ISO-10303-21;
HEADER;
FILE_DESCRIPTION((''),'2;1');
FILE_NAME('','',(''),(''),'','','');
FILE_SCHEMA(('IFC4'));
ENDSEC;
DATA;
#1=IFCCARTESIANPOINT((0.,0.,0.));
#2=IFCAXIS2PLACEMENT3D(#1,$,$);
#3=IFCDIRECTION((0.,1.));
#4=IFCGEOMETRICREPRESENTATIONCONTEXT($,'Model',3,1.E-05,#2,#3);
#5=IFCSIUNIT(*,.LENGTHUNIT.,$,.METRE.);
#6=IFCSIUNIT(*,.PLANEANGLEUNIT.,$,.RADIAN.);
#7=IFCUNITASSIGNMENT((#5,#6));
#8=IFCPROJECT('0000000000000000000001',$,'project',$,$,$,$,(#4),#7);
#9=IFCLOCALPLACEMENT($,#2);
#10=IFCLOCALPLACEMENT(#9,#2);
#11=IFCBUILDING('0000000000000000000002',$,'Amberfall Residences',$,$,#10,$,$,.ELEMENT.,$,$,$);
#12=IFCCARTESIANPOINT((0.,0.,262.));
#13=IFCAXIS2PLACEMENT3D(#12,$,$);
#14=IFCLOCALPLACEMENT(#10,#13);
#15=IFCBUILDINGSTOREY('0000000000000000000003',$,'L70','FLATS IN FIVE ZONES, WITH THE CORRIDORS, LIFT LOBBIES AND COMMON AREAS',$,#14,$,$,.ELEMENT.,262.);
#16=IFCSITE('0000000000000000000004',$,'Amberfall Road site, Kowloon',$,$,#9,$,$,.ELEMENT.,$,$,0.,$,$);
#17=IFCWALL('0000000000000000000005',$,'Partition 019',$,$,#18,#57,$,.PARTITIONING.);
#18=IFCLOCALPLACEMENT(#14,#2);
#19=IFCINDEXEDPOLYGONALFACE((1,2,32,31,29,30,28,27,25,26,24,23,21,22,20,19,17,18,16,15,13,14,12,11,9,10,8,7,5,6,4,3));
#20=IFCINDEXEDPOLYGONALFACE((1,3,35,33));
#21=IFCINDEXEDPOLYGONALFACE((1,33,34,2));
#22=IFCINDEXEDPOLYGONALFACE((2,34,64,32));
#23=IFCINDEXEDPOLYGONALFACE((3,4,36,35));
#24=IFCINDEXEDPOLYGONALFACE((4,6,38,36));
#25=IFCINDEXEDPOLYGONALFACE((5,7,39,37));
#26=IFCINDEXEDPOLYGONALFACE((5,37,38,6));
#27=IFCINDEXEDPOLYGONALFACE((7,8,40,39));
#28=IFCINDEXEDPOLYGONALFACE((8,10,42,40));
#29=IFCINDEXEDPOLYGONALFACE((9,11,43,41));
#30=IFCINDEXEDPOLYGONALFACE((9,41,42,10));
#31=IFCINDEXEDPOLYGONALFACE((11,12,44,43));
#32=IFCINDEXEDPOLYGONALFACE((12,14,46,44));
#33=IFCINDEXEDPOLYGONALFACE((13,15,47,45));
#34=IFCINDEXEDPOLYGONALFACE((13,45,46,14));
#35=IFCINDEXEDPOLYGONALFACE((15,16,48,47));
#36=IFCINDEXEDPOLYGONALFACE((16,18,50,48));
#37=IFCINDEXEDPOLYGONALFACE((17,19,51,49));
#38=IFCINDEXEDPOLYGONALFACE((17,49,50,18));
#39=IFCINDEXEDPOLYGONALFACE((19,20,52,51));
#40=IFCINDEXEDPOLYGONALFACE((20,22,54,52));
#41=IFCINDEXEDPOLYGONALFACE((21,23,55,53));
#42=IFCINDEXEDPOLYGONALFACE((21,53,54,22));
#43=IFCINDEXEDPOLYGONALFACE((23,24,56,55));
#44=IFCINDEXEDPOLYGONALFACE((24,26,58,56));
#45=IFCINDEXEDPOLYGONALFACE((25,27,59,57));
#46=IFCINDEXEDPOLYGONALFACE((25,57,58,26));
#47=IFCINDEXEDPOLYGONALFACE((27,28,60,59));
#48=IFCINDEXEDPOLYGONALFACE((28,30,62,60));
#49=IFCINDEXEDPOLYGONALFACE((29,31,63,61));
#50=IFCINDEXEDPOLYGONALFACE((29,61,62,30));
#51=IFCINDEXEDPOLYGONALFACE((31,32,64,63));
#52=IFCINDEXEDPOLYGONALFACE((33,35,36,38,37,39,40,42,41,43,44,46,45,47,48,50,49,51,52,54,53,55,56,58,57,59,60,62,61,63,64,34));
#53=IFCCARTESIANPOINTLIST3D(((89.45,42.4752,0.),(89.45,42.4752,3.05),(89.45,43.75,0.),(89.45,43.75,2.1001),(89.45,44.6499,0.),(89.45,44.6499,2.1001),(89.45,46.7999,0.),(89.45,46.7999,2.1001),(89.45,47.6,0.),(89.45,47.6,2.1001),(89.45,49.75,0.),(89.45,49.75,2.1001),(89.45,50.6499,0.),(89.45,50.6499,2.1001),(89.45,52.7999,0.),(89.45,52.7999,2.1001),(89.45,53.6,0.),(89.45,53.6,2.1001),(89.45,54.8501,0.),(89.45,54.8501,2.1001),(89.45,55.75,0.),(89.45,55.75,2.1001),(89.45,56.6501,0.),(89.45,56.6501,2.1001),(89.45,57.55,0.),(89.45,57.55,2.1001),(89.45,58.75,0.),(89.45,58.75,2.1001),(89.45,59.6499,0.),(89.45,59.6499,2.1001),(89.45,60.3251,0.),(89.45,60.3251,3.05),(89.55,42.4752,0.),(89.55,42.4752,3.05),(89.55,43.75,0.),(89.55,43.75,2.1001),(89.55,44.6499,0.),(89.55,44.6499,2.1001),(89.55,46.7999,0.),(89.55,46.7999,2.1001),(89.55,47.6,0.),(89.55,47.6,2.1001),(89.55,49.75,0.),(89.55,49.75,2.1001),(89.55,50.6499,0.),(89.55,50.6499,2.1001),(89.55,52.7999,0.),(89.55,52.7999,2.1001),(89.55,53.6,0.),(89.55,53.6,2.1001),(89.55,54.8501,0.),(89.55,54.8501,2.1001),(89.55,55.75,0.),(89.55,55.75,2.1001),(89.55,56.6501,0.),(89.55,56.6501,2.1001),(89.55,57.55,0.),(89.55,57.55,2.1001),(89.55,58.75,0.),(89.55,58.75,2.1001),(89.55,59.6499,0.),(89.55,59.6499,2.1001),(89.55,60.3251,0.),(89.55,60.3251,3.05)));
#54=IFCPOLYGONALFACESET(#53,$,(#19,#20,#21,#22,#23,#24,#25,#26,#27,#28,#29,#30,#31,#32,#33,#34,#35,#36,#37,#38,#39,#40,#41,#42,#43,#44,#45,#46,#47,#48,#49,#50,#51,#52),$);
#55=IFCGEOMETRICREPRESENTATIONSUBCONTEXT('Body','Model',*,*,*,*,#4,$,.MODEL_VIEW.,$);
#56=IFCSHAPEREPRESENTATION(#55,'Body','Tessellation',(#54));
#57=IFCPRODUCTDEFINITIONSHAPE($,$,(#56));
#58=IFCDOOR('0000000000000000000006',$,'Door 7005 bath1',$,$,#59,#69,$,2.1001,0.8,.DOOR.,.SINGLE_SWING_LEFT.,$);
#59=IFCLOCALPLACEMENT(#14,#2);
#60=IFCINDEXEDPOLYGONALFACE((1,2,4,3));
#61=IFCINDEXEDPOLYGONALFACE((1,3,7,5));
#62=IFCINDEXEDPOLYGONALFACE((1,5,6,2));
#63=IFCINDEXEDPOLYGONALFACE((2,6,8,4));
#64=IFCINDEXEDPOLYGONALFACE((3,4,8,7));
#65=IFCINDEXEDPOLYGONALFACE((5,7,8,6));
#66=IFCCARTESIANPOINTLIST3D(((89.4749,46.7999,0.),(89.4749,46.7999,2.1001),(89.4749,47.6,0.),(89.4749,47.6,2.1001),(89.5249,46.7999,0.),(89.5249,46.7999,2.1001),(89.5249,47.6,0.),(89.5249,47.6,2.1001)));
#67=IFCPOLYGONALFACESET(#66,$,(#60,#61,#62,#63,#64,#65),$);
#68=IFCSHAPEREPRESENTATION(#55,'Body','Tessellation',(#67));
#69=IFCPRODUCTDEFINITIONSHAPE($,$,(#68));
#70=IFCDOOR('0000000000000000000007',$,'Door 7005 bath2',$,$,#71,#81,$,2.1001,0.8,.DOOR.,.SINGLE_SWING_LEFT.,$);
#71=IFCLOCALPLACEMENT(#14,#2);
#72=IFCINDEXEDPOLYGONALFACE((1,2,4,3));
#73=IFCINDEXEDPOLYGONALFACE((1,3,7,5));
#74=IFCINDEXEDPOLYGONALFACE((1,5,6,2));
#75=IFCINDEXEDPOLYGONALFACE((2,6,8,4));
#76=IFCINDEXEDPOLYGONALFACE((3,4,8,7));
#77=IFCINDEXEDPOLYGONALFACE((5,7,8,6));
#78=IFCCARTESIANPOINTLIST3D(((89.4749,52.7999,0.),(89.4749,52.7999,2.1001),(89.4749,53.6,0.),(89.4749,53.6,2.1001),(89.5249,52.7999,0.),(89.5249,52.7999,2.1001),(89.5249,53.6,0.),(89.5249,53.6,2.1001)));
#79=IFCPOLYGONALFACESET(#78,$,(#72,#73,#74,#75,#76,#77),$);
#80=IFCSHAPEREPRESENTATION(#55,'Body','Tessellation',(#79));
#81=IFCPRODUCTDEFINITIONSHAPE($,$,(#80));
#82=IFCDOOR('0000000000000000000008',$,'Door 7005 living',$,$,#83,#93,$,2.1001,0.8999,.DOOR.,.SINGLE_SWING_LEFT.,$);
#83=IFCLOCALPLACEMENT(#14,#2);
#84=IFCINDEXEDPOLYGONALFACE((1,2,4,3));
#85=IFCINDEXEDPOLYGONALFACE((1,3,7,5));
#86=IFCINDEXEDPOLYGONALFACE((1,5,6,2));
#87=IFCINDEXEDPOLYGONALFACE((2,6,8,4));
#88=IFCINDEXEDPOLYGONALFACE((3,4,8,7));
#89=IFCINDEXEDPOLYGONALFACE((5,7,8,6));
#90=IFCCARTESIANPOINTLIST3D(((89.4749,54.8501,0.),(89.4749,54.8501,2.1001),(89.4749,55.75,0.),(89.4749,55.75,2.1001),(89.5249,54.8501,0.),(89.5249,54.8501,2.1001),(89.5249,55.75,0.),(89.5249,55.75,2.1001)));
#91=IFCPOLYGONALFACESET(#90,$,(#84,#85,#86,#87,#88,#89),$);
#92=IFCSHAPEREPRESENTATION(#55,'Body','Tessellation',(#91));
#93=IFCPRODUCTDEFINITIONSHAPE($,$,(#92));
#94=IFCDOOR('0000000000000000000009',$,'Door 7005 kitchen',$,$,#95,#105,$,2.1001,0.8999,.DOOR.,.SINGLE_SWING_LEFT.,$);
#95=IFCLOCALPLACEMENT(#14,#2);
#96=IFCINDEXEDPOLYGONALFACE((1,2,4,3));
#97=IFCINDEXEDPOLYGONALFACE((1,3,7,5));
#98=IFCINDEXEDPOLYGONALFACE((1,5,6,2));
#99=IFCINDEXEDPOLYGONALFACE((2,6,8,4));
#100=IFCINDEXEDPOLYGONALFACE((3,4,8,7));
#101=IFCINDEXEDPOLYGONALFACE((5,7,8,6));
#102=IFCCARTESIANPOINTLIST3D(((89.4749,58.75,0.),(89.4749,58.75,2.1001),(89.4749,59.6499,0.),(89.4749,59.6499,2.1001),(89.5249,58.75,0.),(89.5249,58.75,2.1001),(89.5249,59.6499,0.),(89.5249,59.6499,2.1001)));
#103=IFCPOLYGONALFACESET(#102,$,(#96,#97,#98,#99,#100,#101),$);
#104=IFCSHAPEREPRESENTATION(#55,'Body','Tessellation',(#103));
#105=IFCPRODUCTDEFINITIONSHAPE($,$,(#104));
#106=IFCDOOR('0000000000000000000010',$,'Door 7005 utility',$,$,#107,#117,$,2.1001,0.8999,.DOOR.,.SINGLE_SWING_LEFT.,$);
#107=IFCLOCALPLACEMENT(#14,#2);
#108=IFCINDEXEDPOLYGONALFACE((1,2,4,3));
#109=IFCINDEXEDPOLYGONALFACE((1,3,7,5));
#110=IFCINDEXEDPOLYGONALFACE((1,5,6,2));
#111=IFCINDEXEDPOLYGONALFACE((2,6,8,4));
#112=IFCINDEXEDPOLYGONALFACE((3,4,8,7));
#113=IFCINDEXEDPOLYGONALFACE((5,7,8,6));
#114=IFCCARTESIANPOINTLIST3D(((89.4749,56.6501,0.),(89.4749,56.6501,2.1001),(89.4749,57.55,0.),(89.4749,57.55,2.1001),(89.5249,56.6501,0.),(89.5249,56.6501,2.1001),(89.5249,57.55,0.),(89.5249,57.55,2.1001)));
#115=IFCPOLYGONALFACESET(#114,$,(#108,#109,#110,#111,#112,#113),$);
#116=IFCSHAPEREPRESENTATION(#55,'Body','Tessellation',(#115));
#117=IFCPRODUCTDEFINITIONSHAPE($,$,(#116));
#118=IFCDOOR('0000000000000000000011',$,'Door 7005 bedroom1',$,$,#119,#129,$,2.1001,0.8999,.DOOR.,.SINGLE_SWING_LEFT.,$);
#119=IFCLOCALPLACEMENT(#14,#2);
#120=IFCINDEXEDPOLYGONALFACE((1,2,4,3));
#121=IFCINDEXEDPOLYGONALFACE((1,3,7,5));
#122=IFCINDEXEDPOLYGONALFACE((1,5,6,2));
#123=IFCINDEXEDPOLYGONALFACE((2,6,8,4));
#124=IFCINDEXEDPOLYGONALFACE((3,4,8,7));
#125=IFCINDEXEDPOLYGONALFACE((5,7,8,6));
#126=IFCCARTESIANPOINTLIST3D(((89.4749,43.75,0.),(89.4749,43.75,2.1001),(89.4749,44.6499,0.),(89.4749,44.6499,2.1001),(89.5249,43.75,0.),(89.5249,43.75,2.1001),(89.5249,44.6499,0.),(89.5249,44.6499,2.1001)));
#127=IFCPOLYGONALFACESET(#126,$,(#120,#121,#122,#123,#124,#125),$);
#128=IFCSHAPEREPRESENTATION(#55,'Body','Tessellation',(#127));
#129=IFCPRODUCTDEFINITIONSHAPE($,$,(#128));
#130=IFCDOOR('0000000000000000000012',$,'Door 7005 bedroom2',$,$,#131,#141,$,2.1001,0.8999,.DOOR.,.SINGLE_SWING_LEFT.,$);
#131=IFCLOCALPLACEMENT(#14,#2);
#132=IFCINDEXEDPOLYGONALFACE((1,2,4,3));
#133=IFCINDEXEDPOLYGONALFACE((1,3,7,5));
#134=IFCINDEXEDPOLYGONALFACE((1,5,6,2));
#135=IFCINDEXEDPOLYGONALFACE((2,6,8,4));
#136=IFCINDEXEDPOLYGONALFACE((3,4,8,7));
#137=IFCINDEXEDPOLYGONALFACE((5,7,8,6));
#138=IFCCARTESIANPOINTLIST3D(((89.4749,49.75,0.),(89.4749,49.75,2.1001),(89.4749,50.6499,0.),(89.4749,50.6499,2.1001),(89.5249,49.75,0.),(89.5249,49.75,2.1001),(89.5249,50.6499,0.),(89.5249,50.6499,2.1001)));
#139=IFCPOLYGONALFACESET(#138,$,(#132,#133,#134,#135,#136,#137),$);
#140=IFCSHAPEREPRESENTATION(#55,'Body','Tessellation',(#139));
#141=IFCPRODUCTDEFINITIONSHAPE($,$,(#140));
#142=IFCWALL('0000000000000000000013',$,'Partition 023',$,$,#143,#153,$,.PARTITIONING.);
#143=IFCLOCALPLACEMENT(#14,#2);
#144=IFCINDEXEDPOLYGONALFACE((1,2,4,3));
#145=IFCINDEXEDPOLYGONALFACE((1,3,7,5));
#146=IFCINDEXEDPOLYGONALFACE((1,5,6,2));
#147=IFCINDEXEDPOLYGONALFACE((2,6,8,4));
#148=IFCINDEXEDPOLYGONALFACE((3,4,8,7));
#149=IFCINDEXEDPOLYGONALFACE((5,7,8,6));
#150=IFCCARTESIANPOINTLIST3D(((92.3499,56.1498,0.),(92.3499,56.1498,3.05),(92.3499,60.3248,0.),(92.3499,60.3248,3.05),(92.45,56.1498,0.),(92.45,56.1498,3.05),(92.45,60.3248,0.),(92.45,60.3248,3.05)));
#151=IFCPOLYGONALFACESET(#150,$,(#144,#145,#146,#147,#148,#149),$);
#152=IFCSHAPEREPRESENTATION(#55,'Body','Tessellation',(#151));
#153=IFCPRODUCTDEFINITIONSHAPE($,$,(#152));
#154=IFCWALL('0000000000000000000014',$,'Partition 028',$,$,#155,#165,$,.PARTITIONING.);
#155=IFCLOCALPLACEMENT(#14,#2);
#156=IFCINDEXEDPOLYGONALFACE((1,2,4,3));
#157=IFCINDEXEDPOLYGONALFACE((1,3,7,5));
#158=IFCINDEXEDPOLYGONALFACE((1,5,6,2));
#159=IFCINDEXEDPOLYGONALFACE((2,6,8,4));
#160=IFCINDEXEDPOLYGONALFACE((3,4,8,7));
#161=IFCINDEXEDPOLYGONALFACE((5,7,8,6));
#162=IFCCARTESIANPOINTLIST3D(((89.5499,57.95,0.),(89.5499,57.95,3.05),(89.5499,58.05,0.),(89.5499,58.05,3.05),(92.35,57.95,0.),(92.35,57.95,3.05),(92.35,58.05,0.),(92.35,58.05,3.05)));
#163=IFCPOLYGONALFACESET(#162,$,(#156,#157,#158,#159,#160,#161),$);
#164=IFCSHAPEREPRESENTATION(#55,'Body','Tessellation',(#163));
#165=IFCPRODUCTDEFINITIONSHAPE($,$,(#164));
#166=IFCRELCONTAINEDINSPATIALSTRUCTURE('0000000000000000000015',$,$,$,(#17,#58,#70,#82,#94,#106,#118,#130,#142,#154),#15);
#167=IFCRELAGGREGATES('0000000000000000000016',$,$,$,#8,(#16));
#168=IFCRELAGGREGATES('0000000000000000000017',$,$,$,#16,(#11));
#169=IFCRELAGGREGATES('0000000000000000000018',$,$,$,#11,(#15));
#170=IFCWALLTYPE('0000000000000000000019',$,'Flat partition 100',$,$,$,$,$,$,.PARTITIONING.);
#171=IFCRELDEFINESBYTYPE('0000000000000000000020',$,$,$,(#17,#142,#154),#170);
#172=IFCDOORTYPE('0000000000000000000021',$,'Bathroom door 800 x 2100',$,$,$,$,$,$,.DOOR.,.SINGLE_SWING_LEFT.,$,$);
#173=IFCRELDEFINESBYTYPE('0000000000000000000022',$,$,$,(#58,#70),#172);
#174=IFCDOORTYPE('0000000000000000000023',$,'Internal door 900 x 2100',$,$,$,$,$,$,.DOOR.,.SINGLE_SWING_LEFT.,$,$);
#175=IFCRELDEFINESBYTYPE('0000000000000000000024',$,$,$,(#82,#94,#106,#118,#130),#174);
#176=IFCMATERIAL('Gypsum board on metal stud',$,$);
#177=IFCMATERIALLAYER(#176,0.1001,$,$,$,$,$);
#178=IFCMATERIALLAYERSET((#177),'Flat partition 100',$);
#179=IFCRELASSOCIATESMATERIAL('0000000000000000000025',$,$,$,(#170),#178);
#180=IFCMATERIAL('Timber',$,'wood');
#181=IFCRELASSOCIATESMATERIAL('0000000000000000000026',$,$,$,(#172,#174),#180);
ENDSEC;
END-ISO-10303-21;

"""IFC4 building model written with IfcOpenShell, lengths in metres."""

from ifc_helpers import new_model, si_unit, direction, frame, frame_2d, origin, place, context, subcontext, project, spatial, rectangle, extrude, material, layer, layer_set, type_object, element, fill, save


model = new_model("IFC4")

# Units and contexts
model_context = context("Model", 3, precision=1e-05, world=origin(), true_north=direction((0.0, 1.0)))
body_context = subcontext(model_context, "Body", "Model", "MODEL_VIEW")
ifc_project = project(units=[si_unit("LENGTHUNIT", "METRE"), si_unit("PLANEANGLEUNIT", "RADIAN")], contexts=[model_context])

# Site, building, storey
site_placement = place(None, origin())
site = spatial("IfcSite", under=ifc_project, at=site_placement, Name="Amberfall Road site, Kowloon", CompositionType="ELEMENT", RefElevation=0.0)
building_placement = place(site_placement, origin())
building = spatial("IfcBuilding", under=site, at=building_placement, Name="Amberfall Residences", CompositionType="ELEMENT")
storey_placement = place(building_placement, frame((0.0, 0.0, 262.0)))
storey = spatial("IfcBuildingStorey", under=building, at=storey_placement, Name="L70", Description="FLATS IN FIVE ZONES, WITH THE CORRIDORS, LIFT LOBBIES AND COMMON AREAS", CompositionType="ELEMENT", Elevation=262.0)

# Wall, openings, doors
ifc_material_1 = material(Name="Gypsum board on metal stud")
ifc_layer_1 = layer(ifc_material_1, 0.1001)
ifc_layer_set_1 = layer_set([ifc_layer_1], Name="Flat partition 100")
wall_type_1 = type_object("IfcWallType", Name="Flat partition 100", PredefinedType="PARTITIONING", material=ifc_layer_set_1)
wall_1_placement = place(storey_placement, frame((89.5, 60.325, 0.0), z_axis=(0.0, 0.0, 1.0), x_axis=(0.0, -1.0, 0.0)))
wall_1 = element("IfcWall", 1, at=wall_1_placement, inside=storey, type_object=wall_type_1, Name="Partition 019", PredefinedType="PARTITIONING", context=body_context, shape_type="SweptSolid", body=[
    extrude(rectangle(XDim=17.8499, YDim=0.1001, at=frame_2d((8.9248, 0.0))), origin(), (0.0, 0.0, 1.0), 3.05),
])
opening_1_placement = place(wall_1_placement, frame((4.575, 0.0, 0.0)))
opening_1 = element("IfcOpeningElement", 2, at=opening_1_placement, cuts=wall_1, PredefinedType="OPENING", context=body_context, shape_type="SweptSolid", body=[
    extrude(rectangle(XDim=0.8999, YDim=2.1001, at=frame_2d((0.45, 1.05))), frame((0.0, 0.0601, 0.0), z_axis=(0.0, -1.0, 0.0), x_axis=(1.0, 0.0, 0.0)), (0.0, 0.0, 1.0), 0.1201),
])
opening_2_placement = place(wall_1_placement, frame((0.675, 0.0, 0.0)))
opening_2 = element("IfcOpeningElement", 3, at=opening_2_placement, cuts=wall_1, PredefinedType="OPENING", context=body_context, shape_type="SweptSolid", body=[
    extrude(rectangle(XDim=0.8999, YDim=2.1001, at=frame_2d((0.45, 1.05))), frame((0.0, 0.0601, 0.0), z_axis=(0.0, -1.0, 0.0), x_axis=(1.0, 0.0, 0.0)), (0.0, 0.0, 1.0), 0.1201),
])
opening_3_placement = place(wall_1_placement, frame((2.7749, 0.0, 0.0)))
opening_3 = element("IfcOpeningElement", 4, at=opening_3_placement, cuts=wall_1, PredefinedType="OPENING", context=body_context, shape_type="SweptSolid", body=[
    extrude(rectangle(XDim=0.8999, YDim=2.1001, at=frame_2d((0.45, 1.05))), frame((0.0, 0.0601, 0.0), z_axis=(0.0, -1.0, 0.0), x_axis=(1.0, 0.0, 0.0)), (0.0, 0.0, 1.0), 0.1201),
])
opening_4_placement = place(wall_1_placement, frame((15.675, 0.0, 0.0)))
opening_4 = element("IfcOpeningElement", 5, at=opening_4_placement, cuts=wall_1, PredefinedType="OPENING", context=body_context, shape_type="SweptSolid", body=[
    extrude(rectangle(XDim=0.8999, YDim=2.1001, at=frame_2d((0.45, 1.05))), frame((0.0, 0.0601, 0.0), z_axis=(0.0, -1.0, 0.0), x_axis=(1.0, 0.0, 0.0)), (0.0, 0.0, 1.0), 0.1201),
])
opening_5_placement = place(wall_1_placement, frame((9.675, 0.0, 0.0)))
opening_5 = element("IfcOpeningElement", 6, at=opening_5_placement, cuts=wall_1, PredefinedType="OPENING", context=body_context, shape_type="SweptSolid", body=[
    extrude(rectangle(XDim=0.8999, YDim=2.1001, at=frame_2d((0.45, 1.05))), frame((0.0, 0.0601, 0.0), z_axis=(0.0, -1.0, 0.0), x_axis=(1.0, 0.0, 0.0)), (0.0, 0.0, 1.0), 0.1201),
])
opening_6_placement = place(wall_1_placement, frame((12.7251, 0.0, 0.0)))
opening_6 = element("IfcOpeningElement", 7, at=opening_6_placement, cuts=wall_1, PredefinedType="OPENING", context=body_context, shape_type="SweptSolid", body=[
    extrude(rectangle(XDim=0.8, YDim=2.1001, at=frame_2d((0.3999, 1.05))), frame((0.0, 0.0601, 0.0), z_axis=(0.0, -1.0, 0.0), x_axis=(1.0, 0.0, 0.0)), (0.0, 0.0, 1.0), 0.1201),
])
opening_7_placement = place(wall_1_placement, frame((6.7251, 0.0, 0.0)))
opening_7 = element("IfcOpeningElement", 8, at=opening_7_placement, cuts=wall_1, PredefinedType="OPENING", context=body_context, shape_type="SweptSolid", body=[
    extrude(rectangle(XDim=0.8, YDim=2.1001, at=frame_2d((0.3999, 1.05))), frame((0.0, 0.0601, 0.0), z_axis=(0.0, -1.0, 0.0), x_axis=(1.0, 0.0, 0.0)), (0.0, 0.0, 1.0), 0.1201),
])
ifc_material_2 = material(Name="Timber", Category="wood")
door_type_1 = type_object("IfcDoorType", Name="Bathroom door 800 x 2100", OperationType="SINGLE_SWING_LEFT", PredefinedType="DOOR", material=ifc_material_2)
door_1_placement = place(opening_6_placement, origin())
door_1 = element("IfcDoor", 9, at=door_1_placement, inside=storey, type_object=door_type_1, Name="Door 7005 bath1", OperationType="SINGLE_SWING_LEFT", OverallHeight=2.1001, OverallWidth=0.8, PredefinedType="DOOR", context=body_context, shape_type="SweptSolid", body=[
    extrude(rectangle(XDim=0.8, YDim=2.1001, at=frame_2d((0.3999, 1.05))), frame((0.0, 0.0249, 0.0), z_axis=(0.0, -1.0, 0.0), x_axis=(1.0, 0.0, 0.0)), (0.0, 0.0, 1.0), 0.05),
])
fill(opening_6, door_1)
door_2_placement = place(opening_7_placement, origin())
door_2 = element("IfcDoor", 10, at=door_2_placement, inside=storey, type_object=door_type_1, Name="Door 7005 bath2", OperationType="SINGLE_SWING_LEFT", OverallHeight=2.1001, OverallWidth=0.8, PredefinedType="DOOR", context=body_context, shape_type="SweptSolid", body=[
    extrude(rectangle(XDim=0.8, YDim=2.1001, at=frame_2d((0.3999, 1.05))), frame((0.0, 0.0249, 0.0), z_axis=(0.0, -1.0, 0.0), x_axis=(1.0, 0.0, 0.0)), (0.0, 0.0, 1.0), 0.05),
])
fill(opening_7, door_2)
door_type_2 = type_object("IfcDoorType", Name="Internal door 900 x 2100", OperationType="SINGLE_SWING_LEFT", PredefinedType="DOOR", material=ifc_material_2)
door_3_placement = place(opening_1_placement, origin())
door_3 = element("IfcDoor", 11, at=door_3_placement, inside=storey, type_object=door_type_2, Name="Door 7005 living", OperationType="SINGLE_SWING_LEFT", OverallHeight=2.1001, OverallWidth=0.8999, PredefinedType="DOOR", context=body_context, shape_type="SweptSolid", body=[
    extrude(rectangle(XDim=0.8999, YDim=2.1001, at=frame_2d((0.45, 1.05))), frame((0.0, 0.0249, 0.0), z_axis=(0.0, -1.0, 0.0), x_axis=(1.0, 0.0, 0.0)), (0.0, 0.0, 1.0), 0.05),
])
fill(opening_1, door_3)
door_4_placement = place(opening_2_placement, origin())
door_4 = element("IfcDoor", 12, at=door_4_placement, inside=storey, type_object=door_type_2, Name="Door 7005 kitchen", OperationType="SINGLE_SWING_LEFT", OverallHeight=2.1001, OverallWidth=0.8999, PredefinedType="DOOR", context=body_context, shape_type="SweptSolid", body=[
    extrude(rectangle(XDim=0.8999, YDim=2.1001, at=frame_2d((0.45, 1.05))), frame((0.0, 0.0249, 0.0), z_axis=(0.0, -1.0, 0.0), x_axis=(1.0, 0.0, 0.0)), (0.0, 0.0, 1.0), 0.05),
])
fill(opening_2, door_4)
door_5_placement = place(opening_3_placement, origin())
door_5 = element("IfcDoor", 13, at=door_5_placement, inside=storey, type_object=door_type_2, Name="Door 7005 utility", OperationType="SINGLE_SWING_LEFT", OverallHeight=2.1001, OverallWidth=0.8999, PredefinedType="DOOR", context=body_context, shape_type="SweptSolid", body=[
    extrude(rectangle(XDim=0.8999, YDim=2.1001, at=frame_2d((0.45, 1.05))), frame((0.0, 0.0249, 0.0), z_axis=(0.0, -1.0, 0.0), x_axis=(1.0, 0.0, 0.0)), (0.0, 0.0, 1.0), 0.05),
])
fill(opening_3, door_5)
door_6_placement = place(opening_4_placement, origin())
door_6 = element("IfcDoor", 14, at=door_6_placement, inside=storey, type_object=door_type_2, Name="Door 7005 bedroom1", OperationType="SINGLE_SWING_LEFT", OverallHeight=2.1001, OverallWidth=0.8999, PredefinedType="DOOR", context=body_context, shape_type="SweptSolid", body=[
    extrude(rectangle(XDim=0.8999, YDim=2.1001, at=frame_2d((0.45, 1.05))), frame((0.0, 0.0249, 0.0), z_axis=(0.0, -1.0, 0.0), x_axis=(1.0, 0.0, 0.0)), (0.0, 0.0, 1.0), 0.05),
])
fill(opening_4, door_6)
door_7_placement = place(opening_5_placement, origin())
door_7 = element("IfcDoor", 15, at=door_7_placement, inside=storey, type_object=door_type_2, Name="Door 7005 bedroom2", OperationType="SINGLE_SWING_LEFT", OverallHeight=2.1001, OverallWidth=0.8999, PredefinedType="DOOR", context=body_context, shape_type="SweptSolid", body=[
    extrude(rectangle(XDim=0.8999, YDim=2.1001, at=frame_2d((0.45, 1.05))), frame((0.0, 0.0249, 0.0), z_axis=(0.0, -1.0, 0.0), x_axis=(1.0, 0.0, 0.0)), (0.0, 0.0, 1.0), 0.05),
])
fill(opening_5, door_7)

# Walls
wall_2_placement = place(storey_placement, frame((92.3999, 56.1499, 0.0), z_axis=(0.0, 0.0, 1.0), x_axis=(0.0, 1.0, 0.0)))
element("IfcWall", 16, at=wall_2_placement, inside=storey, type_object=wall_type_1, Name="Partition 023", PredefinedType="PARTITIONING", context=body_context, shape_type="SweptSolid", body=[
    extrude(rectangle(XDim=4.175, YDim=0.1001, at=frame_2d((2.0874, 0.0))), origin(), (0.0, 0.0, 1.0), 3.05),
])
for number, where, z_axis, x_axis, name in (
    (17, (89.55, 58.0, 0.0), (0.0, 0.0, 1.0), (1.0, 0.0, 0.0), "Partition 028"),
):
    element("IfcWall", number, at=place(storey_placement, frame(where, z_axis=z_axis, x_axis=x_axis)), inside=storey, type_object=wall_type_1, Name=name, PredefinedType="PARTITIONING", context=body_context, shape_type="SweptSolid", body=[
        extrude(rectangle(XDim=2.8, YDim=0.1001, at=frame_2d((1.3999, 0.0))), origin(), (0.0, 0.0, 1.0), 3.05),
    ])

save(model, "model.ifc")
